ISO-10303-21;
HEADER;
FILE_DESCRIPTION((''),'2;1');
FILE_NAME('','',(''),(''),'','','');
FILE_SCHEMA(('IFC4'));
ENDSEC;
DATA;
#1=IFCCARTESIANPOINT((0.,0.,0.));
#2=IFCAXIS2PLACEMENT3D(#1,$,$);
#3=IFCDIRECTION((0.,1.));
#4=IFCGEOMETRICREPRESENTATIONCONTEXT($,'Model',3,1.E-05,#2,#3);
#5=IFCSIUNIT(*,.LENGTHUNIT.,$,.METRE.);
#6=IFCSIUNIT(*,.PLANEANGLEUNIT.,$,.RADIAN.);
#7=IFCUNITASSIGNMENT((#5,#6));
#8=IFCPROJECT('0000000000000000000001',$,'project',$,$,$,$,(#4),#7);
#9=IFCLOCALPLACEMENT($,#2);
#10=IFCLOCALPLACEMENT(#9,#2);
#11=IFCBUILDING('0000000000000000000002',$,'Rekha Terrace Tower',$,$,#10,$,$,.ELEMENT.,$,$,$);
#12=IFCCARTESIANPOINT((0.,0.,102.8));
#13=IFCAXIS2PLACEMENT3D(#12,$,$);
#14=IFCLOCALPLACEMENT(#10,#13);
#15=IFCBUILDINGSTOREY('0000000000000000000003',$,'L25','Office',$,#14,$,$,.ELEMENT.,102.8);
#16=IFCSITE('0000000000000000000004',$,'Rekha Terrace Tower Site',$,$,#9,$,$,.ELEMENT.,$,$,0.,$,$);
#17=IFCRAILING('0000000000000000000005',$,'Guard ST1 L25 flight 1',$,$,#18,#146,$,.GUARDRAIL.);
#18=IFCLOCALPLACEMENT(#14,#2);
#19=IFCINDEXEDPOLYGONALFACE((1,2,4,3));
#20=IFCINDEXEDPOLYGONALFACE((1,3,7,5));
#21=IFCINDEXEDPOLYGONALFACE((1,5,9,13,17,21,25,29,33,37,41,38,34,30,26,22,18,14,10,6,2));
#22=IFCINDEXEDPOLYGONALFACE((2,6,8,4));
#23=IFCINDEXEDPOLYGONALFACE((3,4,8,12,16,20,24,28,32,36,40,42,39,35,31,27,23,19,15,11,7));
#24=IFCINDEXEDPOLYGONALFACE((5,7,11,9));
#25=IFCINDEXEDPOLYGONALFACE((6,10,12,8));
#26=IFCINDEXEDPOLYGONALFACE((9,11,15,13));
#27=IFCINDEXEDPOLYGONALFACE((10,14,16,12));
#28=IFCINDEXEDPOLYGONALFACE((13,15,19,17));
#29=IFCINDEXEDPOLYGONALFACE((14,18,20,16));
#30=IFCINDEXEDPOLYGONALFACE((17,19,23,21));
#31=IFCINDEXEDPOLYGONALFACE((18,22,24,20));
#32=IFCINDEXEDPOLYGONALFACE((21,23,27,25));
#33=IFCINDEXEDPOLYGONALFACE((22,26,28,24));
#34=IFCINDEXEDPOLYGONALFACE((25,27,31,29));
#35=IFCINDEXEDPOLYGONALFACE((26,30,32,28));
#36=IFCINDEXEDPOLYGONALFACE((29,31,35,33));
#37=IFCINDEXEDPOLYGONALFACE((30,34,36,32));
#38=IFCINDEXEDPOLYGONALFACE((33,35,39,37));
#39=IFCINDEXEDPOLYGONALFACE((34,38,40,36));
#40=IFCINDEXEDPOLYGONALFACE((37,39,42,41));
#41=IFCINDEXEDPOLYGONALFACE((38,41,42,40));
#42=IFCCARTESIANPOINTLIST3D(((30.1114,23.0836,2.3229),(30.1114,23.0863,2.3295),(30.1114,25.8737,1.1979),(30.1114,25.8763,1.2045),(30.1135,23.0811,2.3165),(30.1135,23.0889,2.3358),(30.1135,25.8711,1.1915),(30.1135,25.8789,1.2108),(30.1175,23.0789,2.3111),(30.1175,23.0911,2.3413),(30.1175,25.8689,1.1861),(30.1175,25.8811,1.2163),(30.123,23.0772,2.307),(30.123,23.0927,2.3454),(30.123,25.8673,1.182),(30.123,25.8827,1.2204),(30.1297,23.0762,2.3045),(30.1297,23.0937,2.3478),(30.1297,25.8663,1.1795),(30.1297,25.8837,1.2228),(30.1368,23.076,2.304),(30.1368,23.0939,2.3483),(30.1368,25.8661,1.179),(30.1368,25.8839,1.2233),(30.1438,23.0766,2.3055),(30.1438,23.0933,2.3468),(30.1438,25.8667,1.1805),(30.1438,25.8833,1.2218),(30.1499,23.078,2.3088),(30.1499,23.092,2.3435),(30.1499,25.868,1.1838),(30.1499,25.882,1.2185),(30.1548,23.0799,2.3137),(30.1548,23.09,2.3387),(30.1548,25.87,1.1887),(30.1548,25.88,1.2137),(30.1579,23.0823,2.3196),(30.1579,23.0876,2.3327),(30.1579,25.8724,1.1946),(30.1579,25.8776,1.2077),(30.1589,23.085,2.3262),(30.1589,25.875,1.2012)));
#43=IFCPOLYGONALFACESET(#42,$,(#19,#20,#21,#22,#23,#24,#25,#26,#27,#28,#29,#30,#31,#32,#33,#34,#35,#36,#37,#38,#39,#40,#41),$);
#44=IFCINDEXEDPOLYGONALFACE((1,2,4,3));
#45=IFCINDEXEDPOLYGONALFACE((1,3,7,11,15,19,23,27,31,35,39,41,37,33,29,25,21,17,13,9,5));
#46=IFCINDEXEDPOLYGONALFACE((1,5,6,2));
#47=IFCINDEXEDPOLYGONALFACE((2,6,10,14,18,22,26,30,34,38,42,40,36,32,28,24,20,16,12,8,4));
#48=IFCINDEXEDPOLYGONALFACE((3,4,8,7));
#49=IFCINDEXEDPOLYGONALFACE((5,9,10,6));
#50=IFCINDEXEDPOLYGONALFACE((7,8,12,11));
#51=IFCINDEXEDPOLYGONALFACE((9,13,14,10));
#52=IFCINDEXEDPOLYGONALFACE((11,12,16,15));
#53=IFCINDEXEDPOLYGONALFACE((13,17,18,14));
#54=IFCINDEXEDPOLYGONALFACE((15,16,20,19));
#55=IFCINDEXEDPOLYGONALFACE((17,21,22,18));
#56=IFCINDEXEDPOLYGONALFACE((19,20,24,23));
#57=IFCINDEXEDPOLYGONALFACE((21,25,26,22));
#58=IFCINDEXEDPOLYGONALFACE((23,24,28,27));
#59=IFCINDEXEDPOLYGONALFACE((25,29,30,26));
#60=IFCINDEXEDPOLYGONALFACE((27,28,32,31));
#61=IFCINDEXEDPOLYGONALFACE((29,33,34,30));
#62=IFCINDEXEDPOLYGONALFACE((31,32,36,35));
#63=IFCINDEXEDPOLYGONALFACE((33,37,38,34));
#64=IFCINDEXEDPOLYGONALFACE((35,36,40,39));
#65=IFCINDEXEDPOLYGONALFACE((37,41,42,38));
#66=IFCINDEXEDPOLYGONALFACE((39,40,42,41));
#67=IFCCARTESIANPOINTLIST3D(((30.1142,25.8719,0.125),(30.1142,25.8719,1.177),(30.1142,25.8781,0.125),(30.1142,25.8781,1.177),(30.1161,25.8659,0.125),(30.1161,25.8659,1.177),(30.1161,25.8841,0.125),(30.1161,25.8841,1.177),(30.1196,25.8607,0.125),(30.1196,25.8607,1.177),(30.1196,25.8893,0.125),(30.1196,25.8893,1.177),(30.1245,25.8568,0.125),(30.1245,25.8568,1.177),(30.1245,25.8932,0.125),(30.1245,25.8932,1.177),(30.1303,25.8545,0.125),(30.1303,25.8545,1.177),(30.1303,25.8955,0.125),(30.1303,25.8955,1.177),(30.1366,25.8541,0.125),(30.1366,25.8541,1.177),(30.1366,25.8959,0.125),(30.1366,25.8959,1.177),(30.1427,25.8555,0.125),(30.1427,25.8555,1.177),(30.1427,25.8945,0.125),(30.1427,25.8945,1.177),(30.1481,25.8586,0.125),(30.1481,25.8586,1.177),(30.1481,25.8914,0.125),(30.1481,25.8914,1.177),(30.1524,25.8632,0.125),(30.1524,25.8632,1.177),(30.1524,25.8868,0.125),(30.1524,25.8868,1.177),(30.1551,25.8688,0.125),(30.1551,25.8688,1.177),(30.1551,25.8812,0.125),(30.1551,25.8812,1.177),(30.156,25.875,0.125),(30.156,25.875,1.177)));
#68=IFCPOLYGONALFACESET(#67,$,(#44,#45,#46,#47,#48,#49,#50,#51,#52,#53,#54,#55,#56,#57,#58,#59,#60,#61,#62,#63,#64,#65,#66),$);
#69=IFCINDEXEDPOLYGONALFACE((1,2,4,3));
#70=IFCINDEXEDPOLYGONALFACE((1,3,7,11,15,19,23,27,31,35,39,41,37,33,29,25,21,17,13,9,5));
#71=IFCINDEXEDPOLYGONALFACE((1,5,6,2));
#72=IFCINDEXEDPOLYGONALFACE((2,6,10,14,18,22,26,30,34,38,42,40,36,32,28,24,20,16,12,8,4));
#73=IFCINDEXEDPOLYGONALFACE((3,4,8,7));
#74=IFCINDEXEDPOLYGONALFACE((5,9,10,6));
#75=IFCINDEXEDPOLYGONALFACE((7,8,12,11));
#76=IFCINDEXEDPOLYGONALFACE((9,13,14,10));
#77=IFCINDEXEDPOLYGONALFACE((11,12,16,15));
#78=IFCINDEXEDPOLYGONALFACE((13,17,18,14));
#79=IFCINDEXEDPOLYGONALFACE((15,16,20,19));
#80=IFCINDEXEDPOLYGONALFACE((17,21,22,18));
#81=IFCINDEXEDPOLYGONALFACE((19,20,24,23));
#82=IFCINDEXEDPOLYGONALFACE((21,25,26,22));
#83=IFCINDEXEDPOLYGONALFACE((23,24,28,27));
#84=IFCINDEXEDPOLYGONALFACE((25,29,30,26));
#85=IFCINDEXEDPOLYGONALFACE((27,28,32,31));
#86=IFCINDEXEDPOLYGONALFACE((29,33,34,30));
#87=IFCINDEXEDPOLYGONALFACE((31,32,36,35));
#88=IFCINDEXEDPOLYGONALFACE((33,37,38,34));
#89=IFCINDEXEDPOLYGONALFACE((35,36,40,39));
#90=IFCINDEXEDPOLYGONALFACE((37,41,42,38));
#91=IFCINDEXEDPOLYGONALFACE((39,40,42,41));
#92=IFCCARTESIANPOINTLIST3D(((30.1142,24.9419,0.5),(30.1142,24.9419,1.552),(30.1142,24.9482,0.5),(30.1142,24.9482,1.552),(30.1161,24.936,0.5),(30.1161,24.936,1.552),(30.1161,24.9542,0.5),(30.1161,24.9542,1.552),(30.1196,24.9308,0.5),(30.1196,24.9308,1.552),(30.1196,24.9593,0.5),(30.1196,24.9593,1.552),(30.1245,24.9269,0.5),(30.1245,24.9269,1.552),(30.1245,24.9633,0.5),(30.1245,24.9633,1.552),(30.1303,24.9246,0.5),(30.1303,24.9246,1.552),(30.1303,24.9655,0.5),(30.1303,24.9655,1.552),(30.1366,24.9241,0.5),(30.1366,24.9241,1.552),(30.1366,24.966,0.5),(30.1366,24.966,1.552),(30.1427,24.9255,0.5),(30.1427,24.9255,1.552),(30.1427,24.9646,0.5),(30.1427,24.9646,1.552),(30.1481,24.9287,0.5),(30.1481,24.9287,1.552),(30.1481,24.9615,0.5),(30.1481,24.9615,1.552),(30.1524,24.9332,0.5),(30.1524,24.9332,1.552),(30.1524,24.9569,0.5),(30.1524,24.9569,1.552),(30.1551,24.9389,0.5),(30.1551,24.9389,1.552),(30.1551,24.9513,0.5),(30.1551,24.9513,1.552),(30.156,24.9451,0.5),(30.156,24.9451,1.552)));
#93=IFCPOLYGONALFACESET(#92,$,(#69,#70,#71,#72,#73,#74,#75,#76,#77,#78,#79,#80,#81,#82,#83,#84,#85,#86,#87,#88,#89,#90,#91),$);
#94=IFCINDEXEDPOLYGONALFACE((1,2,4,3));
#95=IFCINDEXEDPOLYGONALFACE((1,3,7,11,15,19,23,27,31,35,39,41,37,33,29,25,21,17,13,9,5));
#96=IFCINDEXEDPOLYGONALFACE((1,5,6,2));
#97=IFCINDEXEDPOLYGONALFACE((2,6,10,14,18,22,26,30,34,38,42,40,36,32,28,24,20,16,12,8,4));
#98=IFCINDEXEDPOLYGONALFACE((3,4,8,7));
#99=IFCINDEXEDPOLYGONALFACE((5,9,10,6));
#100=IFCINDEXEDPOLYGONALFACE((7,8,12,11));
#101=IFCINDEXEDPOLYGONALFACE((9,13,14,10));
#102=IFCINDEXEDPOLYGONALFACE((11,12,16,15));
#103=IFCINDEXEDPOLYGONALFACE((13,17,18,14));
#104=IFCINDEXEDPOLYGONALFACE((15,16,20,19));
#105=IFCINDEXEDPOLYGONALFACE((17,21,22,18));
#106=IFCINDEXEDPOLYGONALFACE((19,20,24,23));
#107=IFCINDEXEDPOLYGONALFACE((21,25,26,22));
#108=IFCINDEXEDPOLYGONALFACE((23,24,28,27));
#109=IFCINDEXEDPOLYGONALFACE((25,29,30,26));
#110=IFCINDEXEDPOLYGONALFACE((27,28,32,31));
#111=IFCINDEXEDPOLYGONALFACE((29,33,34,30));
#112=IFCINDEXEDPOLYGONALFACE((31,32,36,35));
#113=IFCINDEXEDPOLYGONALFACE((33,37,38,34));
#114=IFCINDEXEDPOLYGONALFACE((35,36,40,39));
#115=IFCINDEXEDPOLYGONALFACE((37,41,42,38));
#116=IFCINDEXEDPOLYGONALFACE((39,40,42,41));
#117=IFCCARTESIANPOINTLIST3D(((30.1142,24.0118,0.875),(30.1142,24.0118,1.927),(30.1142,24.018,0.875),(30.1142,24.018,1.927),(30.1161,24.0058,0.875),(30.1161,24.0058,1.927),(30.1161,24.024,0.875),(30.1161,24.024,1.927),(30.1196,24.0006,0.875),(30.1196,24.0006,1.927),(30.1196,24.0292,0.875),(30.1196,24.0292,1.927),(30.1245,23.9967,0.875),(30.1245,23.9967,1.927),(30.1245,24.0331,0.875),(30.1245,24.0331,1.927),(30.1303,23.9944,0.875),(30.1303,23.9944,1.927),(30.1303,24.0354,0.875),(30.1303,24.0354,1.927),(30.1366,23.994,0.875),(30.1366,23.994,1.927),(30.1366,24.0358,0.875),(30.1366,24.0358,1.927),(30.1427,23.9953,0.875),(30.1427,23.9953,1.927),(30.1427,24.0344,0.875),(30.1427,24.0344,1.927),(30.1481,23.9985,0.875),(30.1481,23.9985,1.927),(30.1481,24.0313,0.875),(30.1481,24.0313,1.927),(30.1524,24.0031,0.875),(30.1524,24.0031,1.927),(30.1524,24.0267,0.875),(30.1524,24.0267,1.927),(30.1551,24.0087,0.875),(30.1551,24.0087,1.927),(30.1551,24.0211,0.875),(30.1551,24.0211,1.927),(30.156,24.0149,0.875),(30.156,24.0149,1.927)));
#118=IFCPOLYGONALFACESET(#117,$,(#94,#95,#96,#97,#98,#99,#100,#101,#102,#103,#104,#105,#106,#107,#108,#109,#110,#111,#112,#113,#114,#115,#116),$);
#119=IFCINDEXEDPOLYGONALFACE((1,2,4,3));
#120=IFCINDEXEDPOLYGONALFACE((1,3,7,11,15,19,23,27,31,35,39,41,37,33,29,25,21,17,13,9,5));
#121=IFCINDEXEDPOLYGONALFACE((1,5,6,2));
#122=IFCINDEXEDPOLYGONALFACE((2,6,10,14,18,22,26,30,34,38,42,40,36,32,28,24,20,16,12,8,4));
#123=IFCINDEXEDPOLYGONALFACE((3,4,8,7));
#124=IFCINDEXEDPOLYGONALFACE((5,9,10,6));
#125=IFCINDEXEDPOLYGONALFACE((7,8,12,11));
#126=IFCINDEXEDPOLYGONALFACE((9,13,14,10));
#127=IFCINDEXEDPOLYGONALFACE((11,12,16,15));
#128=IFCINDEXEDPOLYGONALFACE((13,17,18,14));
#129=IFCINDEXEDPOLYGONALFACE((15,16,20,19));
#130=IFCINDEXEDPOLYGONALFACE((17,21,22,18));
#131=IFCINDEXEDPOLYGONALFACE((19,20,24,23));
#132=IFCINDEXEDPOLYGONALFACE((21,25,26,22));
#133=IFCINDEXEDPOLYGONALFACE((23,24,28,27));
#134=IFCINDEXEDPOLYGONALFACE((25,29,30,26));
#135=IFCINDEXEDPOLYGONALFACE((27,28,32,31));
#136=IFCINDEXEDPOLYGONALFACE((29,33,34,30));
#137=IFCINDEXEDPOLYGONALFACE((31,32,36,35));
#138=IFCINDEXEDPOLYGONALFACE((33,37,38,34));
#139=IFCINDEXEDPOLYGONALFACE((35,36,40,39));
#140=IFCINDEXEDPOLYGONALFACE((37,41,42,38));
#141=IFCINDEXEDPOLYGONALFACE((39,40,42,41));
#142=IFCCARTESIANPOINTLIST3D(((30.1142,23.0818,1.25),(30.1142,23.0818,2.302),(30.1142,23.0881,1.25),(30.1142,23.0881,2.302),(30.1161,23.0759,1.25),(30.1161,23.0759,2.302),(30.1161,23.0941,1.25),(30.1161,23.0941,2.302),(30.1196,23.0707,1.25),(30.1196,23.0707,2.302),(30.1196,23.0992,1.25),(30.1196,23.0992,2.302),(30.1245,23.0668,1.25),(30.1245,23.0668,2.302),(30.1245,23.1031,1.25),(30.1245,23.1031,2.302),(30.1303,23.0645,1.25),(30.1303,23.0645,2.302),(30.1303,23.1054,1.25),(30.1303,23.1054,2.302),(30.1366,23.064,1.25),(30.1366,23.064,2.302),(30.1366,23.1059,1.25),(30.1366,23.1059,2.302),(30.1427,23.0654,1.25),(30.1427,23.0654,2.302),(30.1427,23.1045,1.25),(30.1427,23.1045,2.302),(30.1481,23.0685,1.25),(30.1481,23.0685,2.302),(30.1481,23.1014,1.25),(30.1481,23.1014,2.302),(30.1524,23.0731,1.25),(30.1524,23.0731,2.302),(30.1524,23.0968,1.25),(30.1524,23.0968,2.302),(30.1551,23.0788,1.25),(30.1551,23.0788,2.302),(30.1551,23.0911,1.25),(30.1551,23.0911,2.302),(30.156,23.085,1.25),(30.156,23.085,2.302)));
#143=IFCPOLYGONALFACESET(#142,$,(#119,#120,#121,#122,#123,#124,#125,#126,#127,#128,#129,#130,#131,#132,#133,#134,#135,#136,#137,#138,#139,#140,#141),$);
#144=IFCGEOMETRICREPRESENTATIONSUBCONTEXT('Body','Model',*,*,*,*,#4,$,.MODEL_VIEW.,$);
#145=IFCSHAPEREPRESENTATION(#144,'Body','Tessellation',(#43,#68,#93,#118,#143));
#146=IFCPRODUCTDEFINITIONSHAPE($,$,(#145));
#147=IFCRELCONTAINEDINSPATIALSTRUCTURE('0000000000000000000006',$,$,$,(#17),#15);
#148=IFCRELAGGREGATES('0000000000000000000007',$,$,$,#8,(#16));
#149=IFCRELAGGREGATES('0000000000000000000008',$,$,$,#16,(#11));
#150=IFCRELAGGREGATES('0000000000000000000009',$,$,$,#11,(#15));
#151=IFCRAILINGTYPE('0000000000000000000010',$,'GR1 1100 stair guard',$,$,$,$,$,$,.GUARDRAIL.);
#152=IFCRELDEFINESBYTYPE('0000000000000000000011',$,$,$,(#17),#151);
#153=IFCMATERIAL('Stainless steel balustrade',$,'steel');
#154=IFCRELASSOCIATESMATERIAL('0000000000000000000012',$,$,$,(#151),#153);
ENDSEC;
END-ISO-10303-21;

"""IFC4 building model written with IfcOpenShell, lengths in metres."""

from ifc_helpers import new_model, si_unit, direction, frame, origin, origin_2d, place, context, subcontext, project, spatial, circle, extrude, material, type_object, element, save


model = new_model("IFC4")

# Units and contexts
model_context = context("Model", 3, precision=1e-05, world=origin(), true_north=direction((0.0, 1.0)))
body_context = subcontext(model_context, "Body", "Model", "MODEL_VIEW")
ifc_project = project(units=[si_unit("LENGTHUNIT", "METRE"), si_unit("PLANEANGLEUNIT", "RADIAN")], contexts=[model_context])

# Site, building, storey
site_placement = place(None, origin())
site = spatial("IfcSite", under=ifc_project, at=site_placement, Name="Rekha Terrace Tower Site", CompositionType="ELEMENT", RefElevation=0.0)
building_placement = place(site_placement, origin())
building = spatial("IfcBuilding", under=site, at=building_placement, Name="Rekha Terrace Tower", CompositionType="ELEMENT")
storey_placement = place(building_placement, frame((0.0, 0.0, 102.8)))
storey = spatial("IfcBuildingStorey", under=building, at=storey_placement, Name="L25", Description="Office", CompositionType="ELEMENT", Elevation=102.8)

# Railing
ifc_material_1 = material(Name="Stainless steel balustrade", Category="steel")
railing_type_1 = type_object("IfcRailingType", Name="GR1 1100 stair guard", PredefinedType="GUARDRAIL", material=ifc_material_1)
railing_1_placement = place(storey_placement, frame((30.135, 25.875, 0.125)))
element("IfcRailing", 1, at=railing_1_placement, inside=storey, type_object=railing_type_1, Name="Guard ST1 L25 flight 1", PredefinedType="GUARDRAIL", context=body_context, shape_type="SweptSolid", body=[
    extrude(circle(Radius=0.0239, at=origin_2d()), frame((0.0, 0.0, 1.0762), z_axis=(0.0, -0.927443, 0.373964), x_axis=(1.0, 0.0, 0.0)), (0.0, 0.0, 1.0), 3.0083),
    extrude(circle(Radius=0.021, at=origin_2d()), origin(), (0.0, 0.0, 1.0), 1.052),
    extrude(circle(Radius=0.021, at=origin_2d()), frame((0.0, -0.9299, 0.375)), (0.0, 0.0, 1.0), 1.052),
    extrude(circle(Radius=0.021, at=origin_2d()), frame((0.0, -1.8601, 0.75)), (0.0, 0.0, 1.0), 1.052),
    extrude(circle(Radius=0.021, at=origin_2d()), frame((0.0, -2.79, 1.125)), (0.0, 0.0, 1.0), 1.052),
])

save(model, "model.ifc")
